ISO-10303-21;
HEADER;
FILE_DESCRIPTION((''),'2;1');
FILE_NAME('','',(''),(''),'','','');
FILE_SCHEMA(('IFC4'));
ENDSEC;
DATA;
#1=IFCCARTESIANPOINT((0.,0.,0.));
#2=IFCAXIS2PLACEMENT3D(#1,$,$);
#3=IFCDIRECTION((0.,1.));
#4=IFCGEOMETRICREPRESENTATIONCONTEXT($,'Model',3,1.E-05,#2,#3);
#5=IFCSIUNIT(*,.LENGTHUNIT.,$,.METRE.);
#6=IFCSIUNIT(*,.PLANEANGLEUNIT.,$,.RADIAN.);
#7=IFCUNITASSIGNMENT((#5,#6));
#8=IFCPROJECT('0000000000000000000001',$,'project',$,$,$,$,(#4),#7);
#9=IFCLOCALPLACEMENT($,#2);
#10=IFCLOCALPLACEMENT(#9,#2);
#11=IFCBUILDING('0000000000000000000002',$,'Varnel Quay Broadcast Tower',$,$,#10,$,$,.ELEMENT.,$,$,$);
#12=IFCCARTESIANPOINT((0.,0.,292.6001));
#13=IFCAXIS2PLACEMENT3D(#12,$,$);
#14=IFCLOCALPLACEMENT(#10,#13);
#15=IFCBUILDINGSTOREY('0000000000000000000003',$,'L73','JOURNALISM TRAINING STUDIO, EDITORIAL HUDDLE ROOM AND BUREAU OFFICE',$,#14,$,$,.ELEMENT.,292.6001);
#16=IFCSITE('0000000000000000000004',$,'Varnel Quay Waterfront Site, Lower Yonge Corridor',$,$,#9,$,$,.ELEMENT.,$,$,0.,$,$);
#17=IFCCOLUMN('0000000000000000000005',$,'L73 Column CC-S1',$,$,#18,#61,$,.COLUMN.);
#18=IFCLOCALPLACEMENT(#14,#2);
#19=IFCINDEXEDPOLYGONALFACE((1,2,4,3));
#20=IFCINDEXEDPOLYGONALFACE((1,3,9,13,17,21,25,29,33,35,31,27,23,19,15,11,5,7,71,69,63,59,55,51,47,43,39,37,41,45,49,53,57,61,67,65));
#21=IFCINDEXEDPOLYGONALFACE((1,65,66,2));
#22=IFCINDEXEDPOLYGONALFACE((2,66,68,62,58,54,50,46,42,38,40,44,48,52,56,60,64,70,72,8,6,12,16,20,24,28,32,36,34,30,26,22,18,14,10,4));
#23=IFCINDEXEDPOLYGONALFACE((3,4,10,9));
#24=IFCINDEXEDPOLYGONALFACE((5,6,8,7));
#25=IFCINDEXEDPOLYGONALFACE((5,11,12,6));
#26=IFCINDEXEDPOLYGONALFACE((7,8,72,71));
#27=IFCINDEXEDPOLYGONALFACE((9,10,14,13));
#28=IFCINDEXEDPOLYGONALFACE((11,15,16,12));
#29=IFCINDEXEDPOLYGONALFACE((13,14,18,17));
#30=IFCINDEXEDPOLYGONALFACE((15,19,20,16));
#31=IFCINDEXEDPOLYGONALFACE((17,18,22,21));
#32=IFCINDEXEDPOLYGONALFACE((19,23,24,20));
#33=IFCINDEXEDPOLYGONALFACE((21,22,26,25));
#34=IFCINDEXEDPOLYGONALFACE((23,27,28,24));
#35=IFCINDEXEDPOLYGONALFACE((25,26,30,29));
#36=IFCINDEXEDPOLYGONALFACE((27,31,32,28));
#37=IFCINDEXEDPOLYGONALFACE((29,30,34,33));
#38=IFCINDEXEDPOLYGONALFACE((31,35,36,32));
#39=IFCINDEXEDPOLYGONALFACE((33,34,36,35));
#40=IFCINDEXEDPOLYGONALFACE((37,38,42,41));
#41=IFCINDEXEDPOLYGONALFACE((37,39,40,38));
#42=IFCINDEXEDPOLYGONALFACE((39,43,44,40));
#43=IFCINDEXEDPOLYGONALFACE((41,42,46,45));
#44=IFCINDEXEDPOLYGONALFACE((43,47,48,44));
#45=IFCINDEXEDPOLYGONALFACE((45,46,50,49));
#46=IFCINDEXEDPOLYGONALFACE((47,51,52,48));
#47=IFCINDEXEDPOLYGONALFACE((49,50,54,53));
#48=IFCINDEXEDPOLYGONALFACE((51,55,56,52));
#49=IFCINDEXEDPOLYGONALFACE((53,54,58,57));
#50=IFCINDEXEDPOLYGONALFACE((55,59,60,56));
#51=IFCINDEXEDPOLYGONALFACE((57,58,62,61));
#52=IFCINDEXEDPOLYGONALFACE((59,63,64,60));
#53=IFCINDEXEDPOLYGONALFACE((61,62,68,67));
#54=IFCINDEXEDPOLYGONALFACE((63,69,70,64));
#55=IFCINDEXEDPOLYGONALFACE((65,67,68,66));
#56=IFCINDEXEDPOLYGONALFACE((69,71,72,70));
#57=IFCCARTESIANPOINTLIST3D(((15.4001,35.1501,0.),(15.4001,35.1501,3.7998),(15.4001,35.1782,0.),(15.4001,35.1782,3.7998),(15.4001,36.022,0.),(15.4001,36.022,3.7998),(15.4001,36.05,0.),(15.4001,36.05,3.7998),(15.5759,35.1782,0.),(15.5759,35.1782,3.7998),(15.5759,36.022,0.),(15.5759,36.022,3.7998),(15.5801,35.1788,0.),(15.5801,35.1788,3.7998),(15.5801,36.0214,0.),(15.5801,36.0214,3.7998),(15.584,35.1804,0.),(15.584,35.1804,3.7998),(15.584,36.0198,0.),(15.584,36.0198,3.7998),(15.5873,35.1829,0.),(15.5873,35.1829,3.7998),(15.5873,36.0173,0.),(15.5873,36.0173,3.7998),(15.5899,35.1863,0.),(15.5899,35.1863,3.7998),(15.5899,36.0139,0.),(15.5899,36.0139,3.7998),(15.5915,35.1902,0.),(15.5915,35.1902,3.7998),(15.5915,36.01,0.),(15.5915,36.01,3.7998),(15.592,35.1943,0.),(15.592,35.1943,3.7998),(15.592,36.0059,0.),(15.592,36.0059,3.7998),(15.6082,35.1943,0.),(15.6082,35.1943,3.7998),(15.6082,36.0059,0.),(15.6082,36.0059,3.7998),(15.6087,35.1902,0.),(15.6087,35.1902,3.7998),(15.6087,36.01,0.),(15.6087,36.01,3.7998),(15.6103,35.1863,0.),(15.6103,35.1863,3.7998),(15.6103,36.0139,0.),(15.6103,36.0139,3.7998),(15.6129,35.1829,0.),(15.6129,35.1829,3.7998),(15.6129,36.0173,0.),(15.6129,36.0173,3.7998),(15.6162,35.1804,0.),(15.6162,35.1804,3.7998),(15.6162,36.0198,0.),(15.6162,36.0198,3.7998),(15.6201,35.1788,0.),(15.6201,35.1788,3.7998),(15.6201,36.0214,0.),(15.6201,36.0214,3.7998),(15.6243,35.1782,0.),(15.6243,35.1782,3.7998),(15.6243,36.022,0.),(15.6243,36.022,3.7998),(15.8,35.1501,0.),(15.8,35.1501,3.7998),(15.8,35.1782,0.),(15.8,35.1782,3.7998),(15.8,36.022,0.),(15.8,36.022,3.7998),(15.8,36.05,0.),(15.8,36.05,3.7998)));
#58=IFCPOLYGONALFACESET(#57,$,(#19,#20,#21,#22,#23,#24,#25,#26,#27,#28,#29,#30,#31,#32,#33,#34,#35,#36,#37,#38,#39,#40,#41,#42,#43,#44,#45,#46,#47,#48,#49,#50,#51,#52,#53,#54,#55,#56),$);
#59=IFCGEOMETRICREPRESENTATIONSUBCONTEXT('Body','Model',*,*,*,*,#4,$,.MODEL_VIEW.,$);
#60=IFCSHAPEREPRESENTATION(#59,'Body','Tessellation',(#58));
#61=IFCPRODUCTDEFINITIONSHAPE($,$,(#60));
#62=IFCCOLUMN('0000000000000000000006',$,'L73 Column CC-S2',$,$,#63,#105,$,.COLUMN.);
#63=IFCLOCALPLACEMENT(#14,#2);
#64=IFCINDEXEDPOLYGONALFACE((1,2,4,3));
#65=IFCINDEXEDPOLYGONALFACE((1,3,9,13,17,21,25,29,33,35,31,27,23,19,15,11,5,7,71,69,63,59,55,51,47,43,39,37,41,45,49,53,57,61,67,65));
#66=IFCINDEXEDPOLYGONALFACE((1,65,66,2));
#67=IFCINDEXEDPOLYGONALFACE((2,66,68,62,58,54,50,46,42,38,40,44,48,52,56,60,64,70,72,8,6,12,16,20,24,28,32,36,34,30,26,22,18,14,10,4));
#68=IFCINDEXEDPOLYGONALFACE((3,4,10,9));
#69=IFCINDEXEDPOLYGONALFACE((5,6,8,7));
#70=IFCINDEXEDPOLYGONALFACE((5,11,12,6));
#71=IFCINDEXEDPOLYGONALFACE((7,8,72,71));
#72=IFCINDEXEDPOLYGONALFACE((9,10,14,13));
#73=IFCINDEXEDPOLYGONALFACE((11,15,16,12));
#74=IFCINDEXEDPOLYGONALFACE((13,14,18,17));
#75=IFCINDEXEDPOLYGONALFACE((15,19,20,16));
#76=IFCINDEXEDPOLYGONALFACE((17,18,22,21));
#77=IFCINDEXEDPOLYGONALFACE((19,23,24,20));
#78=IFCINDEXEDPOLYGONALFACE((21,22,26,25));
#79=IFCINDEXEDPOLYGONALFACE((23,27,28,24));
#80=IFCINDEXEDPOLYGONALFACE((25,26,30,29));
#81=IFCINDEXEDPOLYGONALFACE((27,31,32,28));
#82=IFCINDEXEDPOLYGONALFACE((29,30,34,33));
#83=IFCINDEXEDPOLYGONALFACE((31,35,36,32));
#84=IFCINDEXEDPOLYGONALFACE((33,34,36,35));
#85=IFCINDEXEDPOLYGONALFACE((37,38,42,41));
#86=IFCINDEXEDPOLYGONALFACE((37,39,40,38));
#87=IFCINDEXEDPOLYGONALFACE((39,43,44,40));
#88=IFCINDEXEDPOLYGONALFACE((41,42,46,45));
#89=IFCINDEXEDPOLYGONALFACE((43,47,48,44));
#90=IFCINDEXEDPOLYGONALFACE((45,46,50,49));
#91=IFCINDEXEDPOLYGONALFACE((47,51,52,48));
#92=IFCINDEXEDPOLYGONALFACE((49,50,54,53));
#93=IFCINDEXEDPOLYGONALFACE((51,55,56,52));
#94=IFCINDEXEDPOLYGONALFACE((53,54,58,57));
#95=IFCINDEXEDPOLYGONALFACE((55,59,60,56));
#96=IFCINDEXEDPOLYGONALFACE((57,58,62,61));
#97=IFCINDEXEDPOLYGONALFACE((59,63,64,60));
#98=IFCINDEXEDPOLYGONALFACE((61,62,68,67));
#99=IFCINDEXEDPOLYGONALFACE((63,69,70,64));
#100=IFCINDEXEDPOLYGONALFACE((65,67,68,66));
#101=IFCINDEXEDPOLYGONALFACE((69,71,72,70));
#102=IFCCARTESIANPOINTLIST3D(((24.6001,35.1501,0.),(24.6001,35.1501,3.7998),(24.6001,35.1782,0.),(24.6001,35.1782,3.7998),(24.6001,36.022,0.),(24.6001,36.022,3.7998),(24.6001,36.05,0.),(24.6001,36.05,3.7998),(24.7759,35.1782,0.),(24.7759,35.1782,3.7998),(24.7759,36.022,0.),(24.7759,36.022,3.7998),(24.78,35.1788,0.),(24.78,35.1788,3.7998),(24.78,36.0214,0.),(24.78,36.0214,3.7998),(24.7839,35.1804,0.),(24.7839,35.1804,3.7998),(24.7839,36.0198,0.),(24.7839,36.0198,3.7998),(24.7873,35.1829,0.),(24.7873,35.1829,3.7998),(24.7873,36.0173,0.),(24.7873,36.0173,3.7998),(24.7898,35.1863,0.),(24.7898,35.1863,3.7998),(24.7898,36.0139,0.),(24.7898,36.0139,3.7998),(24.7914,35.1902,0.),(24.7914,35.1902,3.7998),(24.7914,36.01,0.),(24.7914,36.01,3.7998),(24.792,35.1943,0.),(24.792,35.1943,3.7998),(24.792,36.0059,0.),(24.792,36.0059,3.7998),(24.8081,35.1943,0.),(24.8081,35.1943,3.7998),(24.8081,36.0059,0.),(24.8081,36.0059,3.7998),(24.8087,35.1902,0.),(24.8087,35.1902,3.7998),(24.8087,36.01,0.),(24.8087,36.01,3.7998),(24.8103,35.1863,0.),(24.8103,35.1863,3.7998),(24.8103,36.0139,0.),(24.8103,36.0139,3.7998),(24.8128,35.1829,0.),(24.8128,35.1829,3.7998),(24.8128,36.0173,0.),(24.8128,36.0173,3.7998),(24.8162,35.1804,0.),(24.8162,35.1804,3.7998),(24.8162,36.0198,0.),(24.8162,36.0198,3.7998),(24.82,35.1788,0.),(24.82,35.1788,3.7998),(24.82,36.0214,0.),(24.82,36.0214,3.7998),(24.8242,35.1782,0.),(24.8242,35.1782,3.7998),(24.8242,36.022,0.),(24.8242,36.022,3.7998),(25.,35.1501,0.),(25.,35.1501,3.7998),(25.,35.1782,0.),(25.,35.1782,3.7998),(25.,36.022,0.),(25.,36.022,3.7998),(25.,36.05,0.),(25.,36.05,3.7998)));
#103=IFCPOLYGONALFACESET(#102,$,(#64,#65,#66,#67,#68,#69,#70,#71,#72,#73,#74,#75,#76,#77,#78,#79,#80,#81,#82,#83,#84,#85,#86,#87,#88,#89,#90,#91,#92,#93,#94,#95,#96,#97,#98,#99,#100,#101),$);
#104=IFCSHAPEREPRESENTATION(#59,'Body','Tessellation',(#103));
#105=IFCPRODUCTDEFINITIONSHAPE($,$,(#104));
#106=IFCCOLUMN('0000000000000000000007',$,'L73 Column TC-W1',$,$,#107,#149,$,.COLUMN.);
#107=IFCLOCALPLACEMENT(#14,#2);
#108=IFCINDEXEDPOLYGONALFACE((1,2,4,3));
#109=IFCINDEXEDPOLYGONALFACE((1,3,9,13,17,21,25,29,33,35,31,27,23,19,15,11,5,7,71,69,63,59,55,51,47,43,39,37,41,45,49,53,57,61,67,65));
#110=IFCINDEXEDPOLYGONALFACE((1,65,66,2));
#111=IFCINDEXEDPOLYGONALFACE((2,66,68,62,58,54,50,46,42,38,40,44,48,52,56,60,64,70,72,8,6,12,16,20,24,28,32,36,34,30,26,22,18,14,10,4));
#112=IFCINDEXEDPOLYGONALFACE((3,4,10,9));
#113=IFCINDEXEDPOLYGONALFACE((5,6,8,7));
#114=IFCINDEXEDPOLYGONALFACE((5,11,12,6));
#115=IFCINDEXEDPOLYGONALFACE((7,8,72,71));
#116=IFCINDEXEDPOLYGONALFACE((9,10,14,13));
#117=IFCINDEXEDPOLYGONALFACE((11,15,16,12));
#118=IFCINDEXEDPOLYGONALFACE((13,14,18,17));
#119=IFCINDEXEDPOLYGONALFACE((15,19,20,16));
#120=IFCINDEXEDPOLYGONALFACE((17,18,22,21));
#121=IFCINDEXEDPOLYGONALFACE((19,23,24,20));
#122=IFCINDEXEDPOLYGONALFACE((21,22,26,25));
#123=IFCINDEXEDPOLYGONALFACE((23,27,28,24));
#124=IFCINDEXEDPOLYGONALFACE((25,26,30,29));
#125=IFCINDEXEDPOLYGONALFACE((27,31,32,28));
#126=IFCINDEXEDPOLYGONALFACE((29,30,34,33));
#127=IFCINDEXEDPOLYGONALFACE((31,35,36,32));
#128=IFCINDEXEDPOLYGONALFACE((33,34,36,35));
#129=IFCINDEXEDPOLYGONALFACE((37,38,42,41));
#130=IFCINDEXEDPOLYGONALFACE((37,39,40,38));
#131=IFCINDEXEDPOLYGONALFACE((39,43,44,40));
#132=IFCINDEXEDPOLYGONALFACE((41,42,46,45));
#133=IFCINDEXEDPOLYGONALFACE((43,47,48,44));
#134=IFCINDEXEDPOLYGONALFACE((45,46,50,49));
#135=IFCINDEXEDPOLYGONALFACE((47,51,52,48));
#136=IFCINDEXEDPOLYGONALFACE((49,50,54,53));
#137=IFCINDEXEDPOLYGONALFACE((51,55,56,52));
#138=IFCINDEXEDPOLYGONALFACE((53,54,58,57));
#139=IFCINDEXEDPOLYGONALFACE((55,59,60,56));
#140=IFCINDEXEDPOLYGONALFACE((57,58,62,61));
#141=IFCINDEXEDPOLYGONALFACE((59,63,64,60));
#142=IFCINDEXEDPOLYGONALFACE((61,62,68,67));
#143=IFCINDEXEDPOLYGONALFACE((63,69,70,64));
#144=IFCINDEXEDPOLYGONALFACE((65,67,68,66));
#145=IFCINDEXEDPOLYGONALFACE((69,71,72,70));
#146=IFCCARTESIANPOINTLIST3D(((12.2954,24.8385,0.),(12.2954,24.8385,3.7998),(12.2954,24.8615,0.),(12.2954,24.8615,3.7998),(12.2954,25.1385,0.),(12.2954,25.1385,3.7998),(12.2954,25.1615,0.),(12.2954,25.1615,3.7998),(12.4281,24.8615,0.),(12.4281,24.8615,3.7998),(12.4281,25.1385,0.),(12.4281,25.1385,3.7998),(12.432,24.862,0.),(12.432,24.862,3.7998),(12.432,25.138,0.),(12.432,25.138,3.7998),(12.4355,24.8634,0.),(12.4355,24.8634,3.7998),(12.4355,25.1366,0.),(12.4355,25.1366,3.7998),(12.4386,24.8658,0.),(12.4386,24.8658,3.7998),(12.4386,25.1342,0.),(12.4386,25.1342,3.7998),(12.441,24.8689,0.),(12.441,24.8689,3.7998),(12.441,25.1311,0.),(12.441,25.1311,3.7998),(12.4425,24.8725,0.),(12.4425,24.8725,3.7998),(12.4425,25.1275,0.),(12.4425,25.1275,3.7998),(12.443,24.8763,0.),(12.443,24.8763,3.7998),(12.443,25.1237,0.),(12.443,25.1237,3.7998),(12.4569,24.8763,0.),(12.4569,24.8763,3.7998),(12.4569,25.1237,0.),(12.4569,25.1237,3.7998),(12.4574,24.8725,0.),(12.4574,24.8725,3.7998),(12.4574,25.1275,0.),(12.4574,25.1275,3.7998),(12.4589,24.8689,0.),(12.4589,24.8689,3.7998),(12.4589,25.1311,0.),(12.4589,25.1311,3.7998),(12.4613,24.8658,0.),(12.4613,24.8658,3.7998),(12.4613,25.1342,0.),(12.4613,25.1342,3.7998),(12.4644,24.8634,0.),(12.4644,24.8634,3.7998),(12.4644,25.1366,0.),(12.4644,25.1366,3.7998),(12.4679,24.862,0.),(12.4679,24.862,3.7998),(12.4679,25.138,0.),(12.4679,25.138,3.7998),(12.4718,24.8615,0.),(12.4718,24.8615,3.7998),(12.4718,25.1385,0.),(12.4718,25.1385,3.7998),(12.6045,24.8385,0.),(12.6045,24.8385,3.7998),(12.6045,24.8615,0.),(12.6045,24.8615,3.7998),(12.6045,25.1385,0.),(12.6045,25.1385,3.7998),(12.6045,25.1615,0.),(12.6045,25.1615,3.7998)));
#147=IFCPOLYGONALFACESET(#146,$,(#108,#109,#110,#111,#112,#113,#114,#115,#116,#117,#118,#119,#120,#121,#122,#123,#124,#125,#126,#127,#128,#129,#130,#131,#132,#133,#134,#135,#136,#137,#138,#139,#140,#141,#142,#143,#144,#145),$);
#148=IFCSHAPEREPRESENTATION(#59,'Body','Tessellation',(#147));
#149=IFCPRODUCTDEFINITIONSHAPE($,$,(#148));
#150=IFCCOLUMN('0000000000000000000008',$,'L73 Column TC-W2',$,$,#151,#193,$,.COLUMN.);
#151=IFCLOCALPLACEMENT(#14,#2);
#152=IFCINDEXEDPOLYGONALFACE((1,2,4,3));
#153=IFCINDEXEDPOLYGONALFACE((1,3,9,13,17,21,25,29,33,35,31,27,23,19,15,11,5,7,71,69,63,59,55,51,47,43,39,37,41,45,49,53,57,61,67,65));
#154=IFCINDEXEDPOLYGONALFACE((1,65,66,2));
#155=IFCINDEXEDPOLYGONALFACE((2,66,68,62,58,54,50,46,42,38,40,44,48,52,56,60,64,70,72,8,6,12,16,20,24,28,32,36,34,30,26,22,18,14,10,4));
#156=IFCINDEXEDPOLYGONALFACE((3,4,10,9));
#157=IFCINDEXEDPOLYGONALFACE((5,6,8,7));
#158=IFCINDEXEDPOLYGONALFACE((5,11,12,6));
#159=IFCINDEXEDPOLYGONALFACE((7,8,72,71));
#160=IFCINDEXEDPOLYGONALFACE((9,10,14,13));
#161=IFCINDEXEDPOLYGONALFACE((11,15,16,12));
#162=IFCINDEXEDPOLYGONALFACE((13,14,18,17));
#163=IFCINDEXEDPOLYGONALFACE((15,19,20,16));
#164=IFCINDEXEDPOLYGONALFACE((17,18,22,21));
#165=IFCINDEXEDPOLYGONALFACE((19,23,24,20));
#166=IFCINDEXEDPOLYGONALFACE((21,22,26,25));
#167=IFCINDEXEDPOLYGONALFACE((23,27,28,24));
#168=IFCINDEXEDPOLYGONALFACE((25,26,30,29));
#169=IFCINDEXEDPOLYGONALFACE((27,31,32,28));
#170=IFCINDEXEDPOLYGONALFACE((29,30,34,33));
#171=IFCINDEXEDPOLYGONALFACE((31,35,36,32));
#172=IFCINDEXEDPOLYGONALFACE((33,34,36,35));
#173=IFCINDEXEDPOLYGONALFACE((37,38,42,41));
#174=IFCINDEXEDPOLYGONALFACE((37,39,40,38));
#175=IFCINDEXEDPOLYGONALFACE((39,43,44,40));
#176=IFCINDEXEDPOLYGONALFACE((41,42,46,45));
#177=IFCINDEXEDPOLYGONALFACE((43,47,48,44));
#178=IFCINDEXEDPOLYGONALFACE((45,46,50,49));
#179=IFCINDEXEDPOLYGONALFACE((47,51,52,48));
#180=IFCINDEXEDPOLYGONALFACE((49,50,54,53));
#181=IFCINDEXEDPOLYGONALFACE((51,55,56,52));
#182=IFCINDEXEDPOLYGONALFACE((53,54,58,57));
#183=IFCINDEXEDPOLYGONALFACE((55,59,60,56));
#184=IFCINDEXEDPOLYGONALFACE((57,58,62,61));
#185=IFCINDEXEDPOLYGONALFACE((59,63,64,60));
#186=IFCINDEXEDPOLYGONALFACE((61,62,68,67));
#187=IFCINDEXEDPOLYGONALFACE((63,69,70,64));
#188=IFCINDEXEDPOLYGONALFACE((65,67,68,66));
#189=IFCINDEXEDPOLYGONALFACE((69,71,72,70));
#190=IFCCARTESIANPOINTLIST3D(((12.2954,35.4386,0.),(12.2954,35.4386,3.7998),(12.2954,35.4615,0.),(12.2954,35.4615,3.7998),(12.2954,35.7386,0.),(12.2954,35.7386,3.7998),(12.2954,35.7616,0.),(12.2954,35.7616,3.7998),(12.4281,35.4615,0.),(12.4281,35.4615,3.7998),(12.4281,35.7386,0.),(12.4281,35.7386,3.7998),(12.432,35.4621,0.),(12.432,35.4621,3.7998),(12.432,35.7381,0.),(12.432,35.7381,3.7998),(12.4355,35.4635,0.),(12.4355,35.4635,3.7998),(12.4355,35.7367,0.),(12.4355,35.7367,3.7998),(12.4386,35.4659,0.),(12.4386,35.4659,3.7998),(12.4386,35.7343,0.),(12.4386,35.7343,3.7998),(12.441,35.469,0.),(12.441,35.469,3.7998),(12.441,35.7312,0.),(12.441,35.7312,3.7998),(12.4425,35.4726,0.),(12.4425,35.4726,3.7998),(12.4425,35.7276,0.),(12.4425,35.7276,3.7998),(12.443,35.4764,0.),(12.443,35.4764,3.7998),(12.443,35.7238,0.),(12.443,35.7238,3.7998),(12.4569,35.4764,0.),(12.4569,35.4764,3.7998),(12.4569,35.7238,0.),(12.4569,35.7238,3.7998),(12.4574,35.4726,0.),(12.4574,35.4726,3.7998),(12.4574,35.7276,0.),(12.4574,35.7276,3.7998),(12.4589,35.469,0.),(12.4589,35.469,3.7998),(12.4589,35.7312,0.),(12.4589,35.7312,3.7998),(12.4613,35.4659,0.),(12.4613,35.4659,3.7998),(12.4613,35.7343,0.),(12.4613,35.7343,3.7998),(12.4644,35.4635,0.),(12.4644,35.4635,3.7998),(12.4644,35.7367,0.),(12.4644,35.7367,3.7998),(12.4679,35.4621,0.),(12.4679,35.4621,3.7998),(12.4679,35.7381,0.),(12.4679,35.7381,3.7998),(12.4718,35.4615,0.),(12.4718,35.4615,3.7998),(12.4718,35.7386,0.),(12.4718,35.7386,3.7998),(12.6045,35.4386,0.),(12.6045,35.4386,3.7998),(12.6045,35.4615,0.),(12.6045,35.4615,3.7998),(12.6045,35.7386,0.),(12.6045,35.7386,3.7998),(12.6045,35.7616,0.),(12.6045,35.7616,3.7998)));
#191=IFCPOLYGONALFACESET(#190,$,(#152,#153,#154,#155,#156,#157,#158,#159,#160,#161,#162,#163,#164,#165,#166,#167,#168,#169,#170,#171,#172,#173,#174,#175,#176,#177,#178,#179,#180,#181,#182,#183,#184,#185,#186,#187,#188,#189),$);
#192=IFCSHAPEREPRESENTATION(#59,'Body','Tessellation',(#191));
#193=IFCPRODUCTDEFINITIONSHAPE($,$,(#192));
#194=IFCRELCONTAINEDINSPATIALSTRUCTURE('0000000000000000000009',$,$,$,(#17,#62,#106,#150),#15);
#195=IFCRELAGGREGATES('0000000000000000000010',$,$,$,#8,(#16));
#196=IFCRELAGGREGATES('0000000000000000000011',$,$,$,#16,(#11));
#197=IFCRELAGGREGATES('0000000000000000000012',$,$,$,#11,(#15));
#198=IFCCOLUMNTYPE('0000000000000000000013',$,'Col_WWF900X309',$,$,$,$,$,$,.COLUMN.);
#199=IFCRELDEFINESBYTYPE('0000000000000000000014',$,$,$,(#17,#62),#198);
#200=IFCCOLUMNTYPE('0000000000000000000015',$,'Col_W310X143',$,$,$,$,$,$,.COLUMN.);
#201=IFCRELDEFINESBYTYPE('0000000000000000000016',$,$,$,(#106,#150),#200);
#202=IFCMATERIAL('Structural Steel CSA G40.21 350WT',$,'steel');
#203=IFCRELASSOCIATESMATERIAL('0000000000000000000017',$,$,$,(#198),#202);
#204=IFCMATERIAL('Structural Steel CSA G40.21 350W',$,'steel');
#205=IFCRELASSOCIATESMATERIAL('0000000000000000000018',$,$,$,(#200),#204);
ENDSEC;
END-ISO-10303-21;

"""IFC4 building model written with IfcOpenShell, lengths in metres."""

from ifc_helpers import new_model, si_unit, direction, frame, origin, origin_2d, place, context, subcontext, project, spatial, i_section, extrude, source, transform, mapped, material, material_profile, profile_set, type_object, type_shapes, element, save


model = new_model("IFC4")

# Units and contexts
model_context = context("Model", 3, precision=1e-05, world=origin(), true_north=direction((0.0, 1.0)))
body_context = subcontext(model_context, "Body", "Model", "MODEL_VIEW")
ifc_project = project(units=[si_unit("LENGTHUNIT", "METRE"), si_unit("PLANEANGLEUNIT", "RADIAN")], contexts=[model_context])

# Site, building, storey
site_placement = place(None, origin())
site = spatial("IfcSite", under=ifc_project, at=site_placement, Name="Varnel Quay Waterfront Site, Lower Yonge Corridor", CompositionType="ELEMENT", RefElevation=0.0)
building_placement = place(site_placement, origin())
building = spatial("IfcBuilding", under=site, at=building_placement, Name="Varnel Quay Broadcast Tower", CompositionType="ELEMENT")
storey_placement = place(building_placement, frame((0.0, 0.0, 292.6001)))
storey = spatial("IfcBuildingStorey", under=building, at=storey_placement, Name="L73", Description="JOURNALISM TRAINING STUDIO, EDITORIAL HUDDLE ROOM AND BUREAU OFFICE", CompositionType="ELEMENT", Elevation=292.6001)

# Columns
ifc_material_1 = material(Name="Structural Steel CSA G40.21 350WT", Category="steel")
ifc_material_profile_1 = material_profile(ifc_material_1, i_section(OverallWidth=0.3999, OverallDepth=0.8999, WebThickness=0.0161, FlangeThickness=0.0281, FilletRadius=0.0161, at=origin_2d()), Name="WWF900X309")
ifc_profile_set_1 = profile_set([ifc_material_profile_1], Name="Structural Steel CSA G40.21 350WT")
column_type_1 = type_object("IfcColumnType", Name="Col_WWF900X309", PredefinedType="COLUMN", material=ifc_profile_set_1)
shared_shape_1 = source(origin(), body_context, "Body", "SweptSolid", [
    extrude(i_section(OverallWidth=0.3999, OverallDepth=0.8999, WebThickness=0.0161, FlangeThickness=0.0281, FilletRadius=0.0161, at=origin_2d()), origin(), (0.0, 0.0, 1.0), 3.7998),
])
type_shapes(column_type_1, [shared_shape_1])
for number, where, z_axis, x_axis, name in (
    (1, (15.6001, 35.6001, 0.0), (0.0, 0.0, 1.0), (1.0, 0.0, 0.0), "L73 Column CC-S1"),
    (2, (24.8, 35.6001, 0.0), (0.0, 0.0, 1.0), (1.0, 0.0, 0.0), "L73 Column CC-S2"),
):
    element("IfcColumn", number, at=place(storey_placement, frame(where, z_axis=z_axis, x_axis=x_axis)), inside=storey, type_object=column_type_1, Name=name, PredefinedType="COLUMN", context=body_context, shape_type="MappedRepresentation", body=[
        mapped(shared_shape_1, transform((0.0, 0.0, 0.0), x_axis=(1.0, 0.0, 0.0), y_axis=(0.0, 1.0, 0.0), z_axis=(0.0, 0.0, 1.0), scale=1.0)),
    ])
ifc_material_2 = material(Name="Structural Steel CSA G40.21 350W", Category="steel")
ifc_material_profile_2 = material_profile(ifc_material_2, i_section(OverallWidth=0.3091, OverallDepth=0.323, WebThickness=0.0139, FlangeThickness=0.0229, FilletRadius=0.0149, at=origin_2d()), Name="W310X143")
ifc_profile_set_2 = profile_set([ifc_material_profile_2], Name="Structural Steel CSA G40.21 350W")
column_type_2 = type_object("IfcColumnType", Name="Col_W310X143", PredefinedType="COLUMN", material=ifc_profile_set_2)
shared_shape_2 = source(origin(), body_context, "Body", "SweptSolid", [
    extrude(i_section(OverallWidth=0.3091, OverallDepth=0.323, WebThickness=0.0139, FlangeThickness=0.0229, FilletRadius=0.0149, at=origin_2d()), origin(), (0.0, 0.0, 1.0), 3.7998),
])
type_shapes(column_type_2, [shared_shape_2])
for number, where, z_axis, x_axis, name in (
    (3, (12.45, 25.0, 0.0), (0.0, 0.0, 1.0), (1.0, 0.0, 0.0), "L73 Column TC-W1"),
    (4, (12.45, 35.6001, 0.0), (0.0, 0.0, 1.0), (1.0, 0.0, 0.0), "L73 Column TC-W2"),
):
    element("IfcColumn", number, at=place(storey_placement, frame(where, z_axis=z_axis, x_axis=x_axis)), inside=storey, type_object=column_type_2, Name=name, PredefinedType="COLUMN", context=body_context, shape_type="MappedRepresentation", body=[
        mapped(shared_shape_2, transform((0.0, 0.0, 0.0), x_axis=(1.0, 0.0, 0.0), y_axis=(0.0, 1.0, 0.0), z_axis=(0.0, 0.0, 1.0), scale=1.0)),
    ])

save(model, "model.ifc")
